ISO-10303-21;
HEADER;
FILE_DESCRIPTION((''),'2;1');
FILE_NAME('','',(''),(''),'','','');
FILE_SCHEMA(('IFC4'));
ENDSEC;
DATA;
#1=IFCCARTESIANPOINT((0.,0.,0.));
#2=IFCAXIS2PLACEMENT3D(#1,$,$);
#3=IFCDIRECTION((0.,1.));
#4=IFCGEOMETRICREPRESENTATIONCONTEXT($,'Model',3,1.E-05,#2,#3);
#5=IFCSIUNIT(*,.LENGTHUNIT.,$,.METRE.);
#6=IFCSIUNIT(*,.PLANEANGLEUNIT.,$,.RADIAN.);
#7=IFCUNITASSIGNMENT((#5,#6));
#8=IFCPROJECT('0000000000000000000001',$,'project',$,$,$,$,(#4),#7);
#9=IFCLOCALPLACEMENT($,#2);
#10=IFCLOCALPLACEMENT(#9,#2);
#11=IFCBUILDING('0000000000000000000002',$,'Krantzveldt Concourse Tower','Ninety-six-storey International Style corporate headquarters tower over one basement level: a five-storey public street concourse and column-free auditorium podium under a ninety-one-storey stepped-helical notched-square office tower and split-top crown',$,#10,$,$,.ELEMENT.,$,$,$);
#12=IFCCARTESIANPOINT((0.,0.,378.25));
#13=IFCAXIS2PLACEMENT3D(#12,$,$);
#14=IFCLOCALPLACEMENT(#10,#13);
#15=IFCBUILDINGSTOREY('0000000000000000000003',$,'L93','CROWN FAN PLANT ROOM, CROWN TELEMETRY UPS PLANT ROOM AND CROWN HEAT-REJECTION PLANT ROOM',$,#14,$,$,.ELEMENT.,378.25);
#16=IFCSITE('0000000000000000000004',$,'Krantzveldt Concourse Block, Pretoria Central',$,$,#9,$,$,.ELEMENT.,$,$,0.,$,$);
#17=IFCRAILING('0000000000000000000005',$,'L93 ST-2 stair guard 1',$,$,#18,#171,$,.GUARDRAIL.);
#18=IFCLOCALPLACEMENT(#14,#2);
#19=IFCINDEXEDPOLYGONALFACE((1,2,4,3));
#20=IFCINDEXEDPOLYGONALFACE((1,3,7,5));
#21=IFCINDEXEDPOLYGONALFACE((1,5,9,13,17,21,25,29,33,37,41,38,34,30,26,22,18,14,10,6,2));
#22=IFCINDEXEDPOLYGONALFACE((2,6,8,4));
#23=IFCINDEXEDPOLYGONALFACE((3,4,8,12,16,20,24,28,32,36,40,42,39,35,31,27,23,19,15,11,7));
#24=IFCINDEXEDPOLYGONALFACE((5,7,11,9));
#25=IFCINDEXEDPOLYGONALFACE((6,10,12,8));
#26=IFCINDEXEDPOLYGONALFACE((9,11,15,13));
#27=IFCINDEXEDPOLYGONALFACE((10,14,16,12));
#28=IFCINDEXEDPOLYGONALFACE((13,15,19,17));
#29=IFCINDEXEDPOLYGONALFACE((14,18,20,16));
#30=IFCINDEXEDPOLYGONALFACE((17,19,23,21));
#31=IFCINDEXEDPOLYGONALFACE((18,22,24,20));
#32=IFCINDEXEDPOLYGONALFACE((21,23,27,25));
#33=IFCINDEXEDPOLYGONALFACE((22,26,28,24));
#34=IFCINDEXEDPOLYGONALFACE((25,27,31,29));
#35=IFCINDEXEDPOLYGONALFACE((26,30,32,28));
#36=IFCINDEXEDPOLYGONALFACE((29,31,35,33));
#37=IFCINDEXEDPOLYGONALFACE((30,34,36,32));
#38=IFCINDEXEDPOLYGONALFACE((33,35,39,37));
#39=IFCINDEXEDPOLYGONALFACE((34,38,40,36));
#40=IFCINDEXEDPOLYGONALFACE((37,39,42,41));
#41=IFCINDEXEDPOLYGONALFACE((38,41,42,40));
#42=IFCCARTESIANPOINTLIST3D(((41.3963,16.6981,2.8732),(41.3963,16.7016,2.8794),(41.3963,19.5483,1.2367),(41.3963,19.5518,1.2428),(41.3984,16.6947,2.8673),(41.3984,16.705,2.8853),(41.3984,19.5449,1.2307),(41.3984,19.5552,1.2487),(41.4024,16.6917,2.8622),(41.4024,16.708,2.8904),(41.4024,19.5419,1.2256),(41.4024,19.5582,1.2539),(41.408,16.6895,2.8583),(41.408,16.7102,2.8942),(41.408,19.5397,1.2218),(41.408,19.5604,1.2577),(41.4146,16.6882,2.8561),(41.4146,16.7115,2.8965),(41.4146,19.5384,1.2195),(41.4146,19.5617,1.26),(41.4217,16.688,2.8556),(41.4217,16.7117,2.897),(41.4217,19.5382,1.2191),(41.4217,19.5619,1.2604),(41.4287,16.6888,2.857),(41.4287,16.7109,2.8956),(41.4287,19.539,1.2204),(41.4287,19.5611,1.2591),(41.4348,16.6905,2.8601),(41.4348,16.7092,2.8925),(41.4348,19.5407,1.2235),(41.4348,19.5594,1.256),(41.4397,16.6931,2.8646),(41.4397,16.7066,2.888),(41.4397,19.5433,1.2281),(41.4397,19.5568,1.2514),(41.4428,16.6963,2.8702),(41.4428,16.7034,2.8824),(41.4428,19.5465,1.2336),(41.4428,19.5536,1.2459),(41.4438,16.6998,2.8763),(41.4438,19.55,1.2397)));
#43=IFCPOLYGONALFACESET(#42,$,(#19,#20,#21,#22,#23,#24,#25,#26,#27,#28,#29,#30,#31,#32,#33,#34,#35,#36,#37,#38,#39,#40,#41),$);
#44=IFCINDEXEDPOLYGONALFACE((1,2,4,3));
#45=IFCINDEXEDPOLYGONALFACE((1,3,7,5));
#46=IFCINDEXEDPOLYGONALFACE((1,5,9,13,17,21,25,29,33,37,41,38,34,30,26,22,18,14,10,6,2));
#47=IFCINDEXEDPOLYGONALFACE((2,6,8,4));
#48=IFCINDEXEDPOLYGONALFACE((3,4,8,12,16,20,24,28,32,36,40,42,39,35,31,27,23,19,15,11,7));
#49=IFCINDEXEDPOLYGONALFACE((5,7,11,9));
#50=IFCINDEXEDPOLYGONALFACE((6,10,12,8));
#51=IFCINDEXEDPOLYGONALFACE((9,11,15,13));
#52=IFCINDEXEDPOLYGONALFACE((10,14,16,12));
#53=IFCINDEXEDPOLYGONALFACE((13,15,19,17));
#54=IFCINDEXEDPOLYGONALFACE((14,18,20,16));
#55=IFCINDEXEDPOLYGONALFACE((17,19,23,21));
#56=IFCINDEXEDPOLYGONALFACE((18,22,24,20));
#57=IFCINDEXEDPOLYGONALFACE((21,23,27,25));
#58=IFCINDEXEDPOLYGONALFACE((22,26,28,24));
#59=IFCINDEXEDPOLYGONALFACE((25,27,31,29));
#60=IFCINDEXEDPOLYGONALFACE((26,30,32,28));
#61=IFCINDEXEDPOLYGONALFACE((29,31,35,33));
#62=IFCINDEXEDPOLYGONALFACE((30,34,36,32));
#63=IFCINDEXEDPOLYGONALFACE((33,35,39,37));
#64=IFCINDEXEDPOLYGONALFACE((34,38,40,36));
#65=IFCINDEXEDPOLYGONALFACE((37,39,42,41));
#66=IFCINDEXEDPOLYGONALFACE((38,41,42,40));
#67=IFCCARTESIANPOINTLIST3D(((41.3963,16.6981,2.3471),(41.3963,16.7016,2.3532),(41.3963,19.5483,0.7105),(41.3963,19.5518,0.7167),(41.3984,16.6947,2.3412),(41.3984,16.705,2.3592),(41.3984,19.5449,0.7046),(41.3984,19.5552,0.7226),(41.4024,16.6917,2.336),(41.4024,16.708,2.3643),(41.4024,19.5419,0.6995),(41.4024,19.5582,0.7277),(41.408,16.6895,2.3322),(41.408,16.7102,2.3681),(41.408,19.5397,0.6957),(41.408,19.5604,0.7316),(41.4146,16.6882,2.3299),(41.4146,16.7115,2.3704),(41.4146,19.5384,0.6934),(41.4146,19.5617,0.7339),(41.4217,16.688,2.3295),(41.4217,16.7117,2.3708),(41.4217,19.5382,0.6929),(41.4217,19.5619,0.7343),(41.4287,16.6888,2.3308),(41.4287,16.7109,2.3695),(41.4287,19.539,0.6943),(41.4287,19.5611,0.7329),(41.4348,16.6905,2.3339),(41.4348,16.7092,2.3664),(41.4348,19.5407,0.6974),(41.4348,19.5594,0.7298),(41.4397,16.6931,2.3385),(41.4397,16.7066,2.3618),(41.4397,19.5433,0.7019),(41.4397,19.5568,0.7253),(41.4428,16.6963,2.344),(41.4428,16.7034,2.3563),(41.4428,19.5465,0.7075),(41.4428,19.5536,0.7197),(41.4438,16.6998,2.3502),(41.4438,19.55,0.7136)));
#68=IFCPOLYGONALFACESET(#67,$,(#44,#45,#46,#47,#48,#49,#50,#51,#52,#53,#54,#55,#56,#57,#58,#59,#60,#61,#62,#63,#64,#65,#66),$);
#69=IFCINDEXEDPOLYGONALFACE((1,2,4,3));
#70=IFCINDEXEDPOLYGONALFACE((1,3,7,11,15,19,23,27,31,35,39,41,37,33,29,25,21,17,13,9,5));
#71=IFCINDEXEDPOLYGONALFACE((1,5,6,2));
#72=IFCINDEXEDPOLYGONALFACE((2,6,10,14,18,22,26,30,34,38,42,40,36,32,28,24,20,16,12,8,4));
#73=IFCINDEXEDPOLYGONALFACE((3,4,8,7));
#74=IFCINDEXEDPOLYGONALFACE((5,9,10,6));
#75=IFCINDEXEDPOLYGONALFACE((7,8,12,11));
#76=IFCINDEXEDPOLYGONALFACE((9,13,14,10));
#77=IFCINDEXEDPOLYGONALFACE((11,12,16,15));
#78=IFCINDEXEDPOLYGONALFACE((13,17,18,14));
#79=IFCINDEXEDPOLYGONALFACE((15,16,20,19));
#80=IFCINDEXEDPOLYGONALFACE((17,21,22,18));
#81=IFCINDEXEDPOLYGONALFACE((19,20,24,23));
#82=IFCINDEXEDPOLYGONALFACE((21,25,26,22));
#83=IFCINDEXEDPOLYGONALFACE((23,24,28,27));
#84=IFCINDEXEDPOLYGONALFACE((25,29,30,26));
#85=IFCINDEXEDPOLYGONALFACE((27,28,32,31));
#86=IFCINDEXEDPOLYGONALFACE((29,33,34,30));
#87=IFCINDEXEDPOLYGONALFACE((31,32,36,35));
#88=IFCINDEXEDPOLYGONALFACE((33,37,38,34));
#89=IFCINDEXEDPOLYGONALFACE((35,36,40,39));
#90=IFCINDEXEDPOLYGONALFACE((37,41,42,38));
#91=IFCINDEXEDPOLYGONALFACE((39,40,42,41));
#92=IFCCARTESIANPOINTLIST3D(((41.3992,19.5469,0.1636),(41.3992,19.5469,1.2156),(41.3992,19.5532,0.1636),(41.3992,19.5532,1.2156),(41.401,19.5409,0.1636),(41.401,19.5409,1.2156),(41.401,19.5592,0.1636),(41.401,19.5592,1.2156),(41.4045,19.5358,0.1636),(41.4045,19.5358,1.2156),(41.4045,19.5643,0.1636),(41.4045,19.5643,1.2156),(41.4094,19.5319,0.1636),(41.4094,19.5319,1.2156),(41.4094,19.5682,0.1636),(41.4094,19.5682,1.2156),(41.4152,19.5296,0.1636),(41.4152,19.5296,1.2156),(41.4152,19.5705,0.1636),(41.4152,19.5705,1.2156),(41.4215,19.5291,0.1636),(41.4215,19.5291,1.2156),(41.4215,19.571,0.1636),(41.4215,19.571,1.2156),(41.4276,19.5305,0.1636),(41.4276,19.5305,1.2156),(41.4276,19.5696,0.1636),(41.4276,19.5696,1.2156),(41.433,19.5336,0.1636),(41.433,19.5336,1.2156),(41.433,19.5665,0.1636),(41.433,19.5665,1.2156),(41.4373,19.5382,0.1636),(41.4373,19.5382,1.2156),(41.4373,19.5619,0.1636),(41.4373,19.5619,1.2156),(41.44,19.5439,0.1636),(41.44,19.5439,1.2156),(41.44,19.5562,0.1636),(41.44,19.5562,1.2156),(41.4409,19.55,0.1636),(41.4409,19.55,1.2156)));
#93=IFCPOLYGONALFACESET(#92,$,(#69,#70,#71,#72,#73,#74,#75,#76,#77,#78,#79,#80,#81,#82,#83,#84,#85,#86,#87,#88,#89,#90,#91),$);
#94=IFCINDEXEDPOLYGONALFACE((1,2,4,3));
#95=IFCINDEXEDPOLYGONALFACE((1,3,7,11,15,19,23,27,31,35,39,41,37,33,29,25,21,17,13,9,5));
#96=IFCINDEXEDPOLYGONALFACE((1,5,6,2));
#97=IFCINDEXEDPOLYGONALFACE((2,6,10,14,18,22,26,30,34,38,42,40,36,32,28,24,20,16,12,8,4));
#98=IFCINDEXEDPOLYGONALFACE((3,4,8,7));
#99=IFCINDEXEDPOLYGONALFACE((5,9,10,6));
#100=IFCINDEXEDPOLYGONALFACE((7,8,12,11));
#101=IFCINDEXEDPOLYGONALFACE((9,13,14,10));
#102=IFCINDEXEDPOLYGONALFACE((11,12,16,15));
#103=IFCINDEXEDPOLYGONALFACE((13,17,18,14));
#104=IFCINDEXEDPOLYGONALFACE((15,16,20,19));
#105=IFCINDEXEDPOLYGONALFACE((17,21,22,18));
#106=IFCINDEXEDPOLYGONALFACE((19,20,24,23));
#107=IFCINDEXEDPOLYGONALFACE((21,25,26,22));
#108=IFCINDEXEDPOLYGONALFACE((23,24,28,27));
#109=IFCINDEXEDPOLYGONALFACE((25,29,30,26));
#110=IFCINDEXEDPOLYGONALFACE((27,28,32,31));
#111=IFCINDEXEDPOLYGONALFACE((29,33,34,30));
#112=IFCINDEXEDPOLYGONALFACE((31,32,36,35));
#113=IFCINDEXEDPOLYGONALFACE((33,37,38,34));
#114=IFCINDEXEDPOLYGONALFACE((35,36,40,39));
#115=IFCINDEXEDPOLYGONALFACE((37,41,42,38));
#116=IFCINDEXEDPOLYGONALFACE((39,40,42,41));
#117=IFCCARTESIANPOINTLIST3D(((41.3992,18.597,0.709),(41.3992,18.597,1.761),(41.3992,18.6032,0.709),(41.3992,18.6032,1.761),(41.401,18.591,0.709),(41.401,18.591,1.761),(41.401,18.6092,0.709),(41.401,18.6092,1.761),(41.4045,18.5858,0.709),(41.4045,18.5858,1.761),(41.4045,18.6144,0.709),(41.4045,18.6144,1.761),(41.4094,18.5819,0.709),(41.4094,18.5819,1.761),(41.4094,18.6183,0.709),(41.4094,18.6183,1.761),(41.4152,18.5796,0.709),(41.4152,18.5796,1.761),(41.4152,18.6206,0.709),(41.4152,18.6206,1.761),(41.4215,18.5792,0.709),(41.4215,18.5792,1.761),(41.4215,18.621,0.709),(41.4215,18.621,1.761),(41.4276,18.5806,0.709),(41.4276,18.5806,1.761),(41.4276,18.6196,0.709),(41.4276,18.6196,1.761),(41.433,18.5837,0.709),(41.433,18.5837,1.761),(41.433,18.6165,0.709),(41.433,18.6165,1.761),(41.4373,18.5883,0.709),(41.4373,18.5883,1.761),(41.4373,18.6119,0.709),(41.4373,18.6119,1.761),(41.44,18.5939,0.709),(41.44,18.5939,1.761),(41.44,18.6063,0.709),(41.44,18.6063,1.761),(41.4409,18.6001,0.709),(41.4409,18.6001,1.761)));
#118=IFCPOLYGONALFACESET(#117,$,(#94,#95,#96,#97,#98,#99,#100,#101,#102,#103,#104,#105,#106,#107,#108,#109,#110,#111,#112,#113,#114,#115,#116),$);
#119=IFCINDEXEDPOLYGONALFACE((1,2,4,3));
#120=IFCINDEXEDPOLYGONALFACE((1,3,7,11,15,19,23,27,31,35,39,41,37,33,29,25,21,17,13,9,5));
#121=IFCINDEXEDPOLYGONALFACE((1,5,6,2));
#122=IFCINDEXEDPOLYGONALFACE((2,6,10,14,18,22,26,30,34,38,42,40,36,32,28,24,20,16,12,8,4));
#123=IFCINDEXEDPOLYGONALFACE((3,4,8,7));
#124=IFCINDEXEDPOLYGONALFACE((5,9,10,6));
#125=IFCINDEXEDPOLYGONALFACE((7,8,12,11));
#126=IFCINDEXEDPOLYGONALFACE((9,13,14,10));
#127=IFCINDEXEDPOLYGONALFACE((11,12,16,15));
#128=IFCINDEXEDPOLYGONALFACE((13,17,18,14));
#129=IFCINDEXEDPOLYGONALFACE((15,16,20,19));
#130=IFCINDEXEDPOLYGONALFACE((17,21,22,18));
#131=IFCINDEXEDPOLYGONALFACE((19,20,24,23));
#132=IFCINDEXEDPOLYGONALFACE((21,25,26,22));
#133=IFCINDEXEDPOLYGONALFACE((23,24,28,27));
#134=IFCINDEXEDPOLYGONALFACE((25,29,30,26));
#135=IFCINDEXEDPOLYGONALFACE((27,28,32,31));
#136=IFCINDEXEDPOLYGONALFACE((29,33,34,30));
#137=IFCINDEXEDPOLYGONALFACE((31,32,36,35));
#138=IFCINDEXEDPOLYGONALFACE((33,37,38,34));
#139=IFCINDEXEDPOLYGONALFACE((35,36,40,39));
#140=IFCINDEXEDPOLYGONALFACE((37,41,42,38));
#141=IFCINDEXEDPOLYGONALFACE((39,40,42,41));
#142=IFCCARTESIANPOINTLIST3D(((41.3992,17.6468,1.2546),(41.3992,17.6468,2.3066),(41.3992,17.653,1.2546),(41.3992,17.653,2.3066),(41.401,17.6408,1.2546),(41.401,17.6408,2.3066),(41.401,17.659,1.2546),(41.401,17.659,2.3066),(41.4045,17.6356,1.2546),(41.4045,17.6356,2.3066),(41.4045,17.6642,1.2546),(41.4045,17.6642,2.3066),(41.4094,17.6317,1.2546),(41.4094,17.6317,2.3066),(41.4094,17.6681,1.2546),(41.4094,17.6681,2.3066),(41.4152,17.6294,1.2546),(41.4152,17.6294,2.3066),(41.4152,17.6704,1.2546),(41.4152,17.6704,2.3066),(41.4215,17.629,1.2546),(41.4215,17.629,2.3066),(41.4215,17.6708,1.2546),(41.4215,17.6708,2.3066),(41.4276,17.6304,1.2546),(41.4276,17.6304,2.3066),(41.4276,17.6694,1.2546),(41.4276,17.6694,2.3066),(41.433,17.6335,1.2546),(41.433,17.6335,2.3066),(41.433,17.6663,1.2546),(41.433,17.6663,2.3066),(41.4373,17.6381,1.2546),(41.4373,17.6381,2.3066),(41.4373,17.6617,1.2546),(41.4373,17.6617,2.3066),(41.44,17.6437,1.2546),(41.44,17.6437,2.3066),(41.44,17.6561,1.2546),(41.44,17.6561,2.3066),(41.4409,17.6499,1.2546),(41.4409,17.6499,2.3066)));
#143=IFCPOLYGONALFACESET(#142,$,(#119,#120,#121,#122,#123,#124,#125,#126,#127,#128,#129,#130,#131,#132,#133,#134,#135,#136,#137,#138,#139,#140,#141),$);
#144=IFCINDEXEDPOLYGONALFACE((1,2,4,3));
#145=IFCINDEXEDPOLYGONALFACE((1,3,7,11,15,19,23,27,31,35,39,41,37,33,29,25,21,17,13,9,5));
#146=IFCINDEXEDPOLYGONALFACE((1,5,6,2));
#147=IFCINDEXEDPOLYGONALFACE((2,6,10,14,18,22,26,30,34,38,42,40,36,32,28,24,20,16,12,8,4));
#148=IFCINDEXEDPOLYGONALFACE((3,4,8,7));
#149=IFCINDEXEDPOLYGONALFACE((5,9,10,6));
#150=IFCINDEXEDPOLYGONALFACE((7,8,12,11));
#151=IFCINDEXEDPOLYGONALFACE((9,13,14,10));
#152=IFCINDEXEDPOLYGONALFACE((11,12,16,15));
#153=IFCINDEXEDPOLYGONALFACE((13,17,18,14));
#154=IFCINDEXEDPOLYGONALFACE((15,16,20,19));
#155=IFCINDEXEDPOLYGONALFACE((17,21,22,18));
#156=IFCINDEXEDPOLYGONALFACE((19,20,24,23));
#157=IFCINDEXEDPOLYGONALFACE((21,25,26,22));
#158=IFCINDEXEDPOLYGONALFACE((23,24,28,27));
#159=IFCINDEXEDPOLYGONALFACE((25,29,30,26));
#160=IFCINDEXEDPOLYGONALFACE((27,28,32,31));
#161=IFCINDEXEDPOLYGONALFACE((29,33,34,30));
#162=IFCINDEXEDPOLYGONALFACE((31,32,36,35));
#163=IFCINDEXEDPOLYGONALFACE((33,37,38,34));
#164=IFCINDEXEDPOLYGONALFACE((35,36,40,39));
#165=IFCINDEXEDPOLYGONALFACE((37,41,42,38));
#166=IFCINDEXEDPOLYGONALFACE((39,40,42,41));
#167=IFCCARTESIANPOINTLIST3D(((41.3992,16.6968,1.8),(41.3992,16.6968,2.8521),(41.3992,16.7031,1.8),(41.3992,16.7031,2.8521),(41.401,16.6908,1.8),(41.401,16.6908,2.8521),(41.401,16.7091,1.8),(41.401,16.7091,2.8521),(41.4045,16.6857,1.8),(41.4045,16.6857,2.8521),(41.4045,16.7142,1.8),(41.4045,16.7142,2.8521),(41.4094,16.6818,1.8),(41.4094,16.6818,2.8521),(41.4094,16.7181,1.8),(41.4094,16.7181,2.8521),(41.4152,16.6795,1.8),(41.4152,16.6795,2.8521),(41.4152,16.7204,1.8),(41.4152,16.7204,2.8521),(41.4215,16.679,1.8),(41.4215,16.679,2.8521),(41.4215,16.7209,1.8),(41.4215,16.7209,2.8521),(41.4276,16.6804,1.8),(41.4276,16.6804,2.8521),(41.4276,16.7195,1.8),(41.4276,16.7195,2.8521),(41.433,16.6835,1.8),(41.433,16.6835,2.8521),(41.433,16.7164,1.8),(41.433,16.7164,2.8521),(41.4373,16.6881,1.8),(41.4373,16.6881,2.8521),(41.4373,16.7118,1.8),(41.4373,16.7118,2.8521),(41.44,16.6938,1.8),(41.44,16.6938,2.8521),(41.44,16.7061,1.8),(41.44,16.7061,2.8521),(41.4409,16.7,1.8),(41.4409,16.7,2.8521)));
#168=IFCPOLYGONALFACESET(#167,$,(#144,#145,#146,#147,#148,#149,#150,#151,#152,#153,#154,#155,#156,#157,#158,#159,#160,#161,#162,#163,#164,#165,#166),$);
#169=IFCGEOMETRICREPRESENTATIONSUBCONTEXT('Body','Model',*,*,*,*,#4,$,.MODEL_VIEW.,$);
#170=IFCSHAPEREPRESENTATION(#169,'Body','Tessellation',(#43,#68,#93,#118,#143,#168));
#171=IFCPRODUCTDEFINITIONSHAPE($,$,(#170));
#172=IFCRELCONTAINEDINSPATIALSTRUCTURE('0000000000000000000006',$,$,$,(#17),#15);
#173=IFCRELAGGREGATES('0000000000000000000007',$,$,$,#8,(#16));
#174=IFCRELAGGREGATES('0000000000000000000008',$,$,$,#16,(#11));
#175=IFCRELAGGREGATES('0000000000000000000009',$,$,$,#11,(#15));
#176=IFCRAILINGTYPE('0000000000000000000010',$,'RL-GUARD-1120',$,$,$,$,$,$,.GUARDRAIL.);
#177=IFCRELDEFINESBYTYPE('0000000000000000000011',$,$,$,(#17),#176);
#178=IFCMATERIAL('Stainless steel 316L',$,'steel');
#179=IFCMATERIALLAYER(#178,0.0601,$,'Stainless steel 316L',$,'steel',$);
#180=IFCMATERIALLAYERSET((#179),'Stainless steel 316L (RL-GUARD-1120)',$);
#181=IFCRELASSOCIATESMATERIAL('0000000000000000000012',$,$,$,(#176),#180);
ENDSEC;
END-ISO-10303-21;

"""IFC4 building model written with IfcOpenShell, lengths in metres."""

from ifc_helpers import new_model, si_unit, direction, frame, origin, origin_2d, place, context, subcontext, project, spatial, circle, extrude, material, layer, layer_set, type_object, element, save


model = new_model("IFC4")

# Units and contexts
model_context = context("Model", 3, precision=1e-05, world=origin(), true_north=direction((0.0, 1.0)))
body_context = subcontext(model_context, "Body", "Model", "MODEL_VIEW")
ifc_project = project(units=[si_unit("LENGTHUNIT", "METRE"), si_unit("PLANEANGLEUNIT", "RADIAN")], contexts=[model_context])

# Site, building, storey
site_placement = place(None, origin())
site = spatial("IfcSite", under=ifc_project, at=site_placement, Name="Krantzveldt Concourse Block, Pretoria Central", CompositionType="ELEMENT", RefElevation=0.0)
building_placement = place(site_placement, origin())
building = spatial("IfcBuilding", under=site, at=building_placement, Name="Krantzveldt Concourse Tower", Description="Ninety-six-storey International Style corporate headquarters tower over one basement level: a five-storey public street concourse and column-free auditorium podium under a ninety-one-storey stepped-helical notched-square office tower and split-top crown", CompositionType="ELEMENT")
storey_placement = place(building_placement, frame((0.0, 0.0, 378.25)))
storey = spatial("IfcBuildingStorey", under=building, at=storey_placement, Name="L93", Description="CROWN FAN PLANT ROOM, CROWN TELEMETRY UPS PLANT ROOM AND CROWN HEAT-REJECTION PLANT ROOM", CompositionType="ELEMENT", Elevation=378.25)

# Railing
ifc_material_1 = material(Name="Stainless steel 316L", Category="steel")
ifc_layer_1 = layer(ifc_material_1, 0.0601, Name="Stainless steel 316L", Category="steel")
ifc_layer_set_1 = layer_set([ifc_layer_1], Name="Stainless steel 316L (RL-GUARD-1120)")
railing_type_1 = type_object("IfcRailingType", Name="RL-GUARD-1120", PredefinedType="GUARDRAIL", material=ifc_layer_set_1)
railing_1_placement = place(storey_placement, frame((41.4199, 19.55, 0.1636)))
element("IfcRailing", 1, at=railing_1_placement, inside=storey, type_object=railing_type_1, Name="L93 ST-2 stair guard 1", PredefinedType="GUARDRAIL", context=body_context, shape_type="SweptSolid", body=[
    extrude(circle(Radius=0.0239, at=origin_2d()), frame((0.0, 0.0, 1.0762), z_axis=(0.0, -0.867213, 0.497938), x_axis=(1.0, 0.0, 0.0)), (0.0, 0.0, 1.0), 3.2866),
    extrude(circle(Radius=0.0239, at=origin_2d()), frame((0.0, 0.0, 0.55), z_axis=(0.0, -0.867213, 0.497938), x_axis=(1.0, 0.0, 0.0)), (0.0, 0.0, 1.0), 3.2866),
    extrude(circle(Radius=0.021, at=origin_2d()), origin(), (0.0, 0.0, 1.0), 1.052),
    extrude(circle(Radius=0.021, at=origin_2d()), frame((0.0, -0.95, 0.5454)), (0.0, 0.0, 1.0), 1.052),
    extrude(circle(Radius=0.021, at=origin_2d()), frame((0.0, -1.9001, 1.0911)), (0.0, 0.0, 1.0), 1.052),
    extrude(circle(Radius=0.021, at=origin_2d()), frame((0.0, -2.8501, 1.6365)), (0.0, 0.0, 1.0), 1.052),
])

save(model, "model.ifc")
